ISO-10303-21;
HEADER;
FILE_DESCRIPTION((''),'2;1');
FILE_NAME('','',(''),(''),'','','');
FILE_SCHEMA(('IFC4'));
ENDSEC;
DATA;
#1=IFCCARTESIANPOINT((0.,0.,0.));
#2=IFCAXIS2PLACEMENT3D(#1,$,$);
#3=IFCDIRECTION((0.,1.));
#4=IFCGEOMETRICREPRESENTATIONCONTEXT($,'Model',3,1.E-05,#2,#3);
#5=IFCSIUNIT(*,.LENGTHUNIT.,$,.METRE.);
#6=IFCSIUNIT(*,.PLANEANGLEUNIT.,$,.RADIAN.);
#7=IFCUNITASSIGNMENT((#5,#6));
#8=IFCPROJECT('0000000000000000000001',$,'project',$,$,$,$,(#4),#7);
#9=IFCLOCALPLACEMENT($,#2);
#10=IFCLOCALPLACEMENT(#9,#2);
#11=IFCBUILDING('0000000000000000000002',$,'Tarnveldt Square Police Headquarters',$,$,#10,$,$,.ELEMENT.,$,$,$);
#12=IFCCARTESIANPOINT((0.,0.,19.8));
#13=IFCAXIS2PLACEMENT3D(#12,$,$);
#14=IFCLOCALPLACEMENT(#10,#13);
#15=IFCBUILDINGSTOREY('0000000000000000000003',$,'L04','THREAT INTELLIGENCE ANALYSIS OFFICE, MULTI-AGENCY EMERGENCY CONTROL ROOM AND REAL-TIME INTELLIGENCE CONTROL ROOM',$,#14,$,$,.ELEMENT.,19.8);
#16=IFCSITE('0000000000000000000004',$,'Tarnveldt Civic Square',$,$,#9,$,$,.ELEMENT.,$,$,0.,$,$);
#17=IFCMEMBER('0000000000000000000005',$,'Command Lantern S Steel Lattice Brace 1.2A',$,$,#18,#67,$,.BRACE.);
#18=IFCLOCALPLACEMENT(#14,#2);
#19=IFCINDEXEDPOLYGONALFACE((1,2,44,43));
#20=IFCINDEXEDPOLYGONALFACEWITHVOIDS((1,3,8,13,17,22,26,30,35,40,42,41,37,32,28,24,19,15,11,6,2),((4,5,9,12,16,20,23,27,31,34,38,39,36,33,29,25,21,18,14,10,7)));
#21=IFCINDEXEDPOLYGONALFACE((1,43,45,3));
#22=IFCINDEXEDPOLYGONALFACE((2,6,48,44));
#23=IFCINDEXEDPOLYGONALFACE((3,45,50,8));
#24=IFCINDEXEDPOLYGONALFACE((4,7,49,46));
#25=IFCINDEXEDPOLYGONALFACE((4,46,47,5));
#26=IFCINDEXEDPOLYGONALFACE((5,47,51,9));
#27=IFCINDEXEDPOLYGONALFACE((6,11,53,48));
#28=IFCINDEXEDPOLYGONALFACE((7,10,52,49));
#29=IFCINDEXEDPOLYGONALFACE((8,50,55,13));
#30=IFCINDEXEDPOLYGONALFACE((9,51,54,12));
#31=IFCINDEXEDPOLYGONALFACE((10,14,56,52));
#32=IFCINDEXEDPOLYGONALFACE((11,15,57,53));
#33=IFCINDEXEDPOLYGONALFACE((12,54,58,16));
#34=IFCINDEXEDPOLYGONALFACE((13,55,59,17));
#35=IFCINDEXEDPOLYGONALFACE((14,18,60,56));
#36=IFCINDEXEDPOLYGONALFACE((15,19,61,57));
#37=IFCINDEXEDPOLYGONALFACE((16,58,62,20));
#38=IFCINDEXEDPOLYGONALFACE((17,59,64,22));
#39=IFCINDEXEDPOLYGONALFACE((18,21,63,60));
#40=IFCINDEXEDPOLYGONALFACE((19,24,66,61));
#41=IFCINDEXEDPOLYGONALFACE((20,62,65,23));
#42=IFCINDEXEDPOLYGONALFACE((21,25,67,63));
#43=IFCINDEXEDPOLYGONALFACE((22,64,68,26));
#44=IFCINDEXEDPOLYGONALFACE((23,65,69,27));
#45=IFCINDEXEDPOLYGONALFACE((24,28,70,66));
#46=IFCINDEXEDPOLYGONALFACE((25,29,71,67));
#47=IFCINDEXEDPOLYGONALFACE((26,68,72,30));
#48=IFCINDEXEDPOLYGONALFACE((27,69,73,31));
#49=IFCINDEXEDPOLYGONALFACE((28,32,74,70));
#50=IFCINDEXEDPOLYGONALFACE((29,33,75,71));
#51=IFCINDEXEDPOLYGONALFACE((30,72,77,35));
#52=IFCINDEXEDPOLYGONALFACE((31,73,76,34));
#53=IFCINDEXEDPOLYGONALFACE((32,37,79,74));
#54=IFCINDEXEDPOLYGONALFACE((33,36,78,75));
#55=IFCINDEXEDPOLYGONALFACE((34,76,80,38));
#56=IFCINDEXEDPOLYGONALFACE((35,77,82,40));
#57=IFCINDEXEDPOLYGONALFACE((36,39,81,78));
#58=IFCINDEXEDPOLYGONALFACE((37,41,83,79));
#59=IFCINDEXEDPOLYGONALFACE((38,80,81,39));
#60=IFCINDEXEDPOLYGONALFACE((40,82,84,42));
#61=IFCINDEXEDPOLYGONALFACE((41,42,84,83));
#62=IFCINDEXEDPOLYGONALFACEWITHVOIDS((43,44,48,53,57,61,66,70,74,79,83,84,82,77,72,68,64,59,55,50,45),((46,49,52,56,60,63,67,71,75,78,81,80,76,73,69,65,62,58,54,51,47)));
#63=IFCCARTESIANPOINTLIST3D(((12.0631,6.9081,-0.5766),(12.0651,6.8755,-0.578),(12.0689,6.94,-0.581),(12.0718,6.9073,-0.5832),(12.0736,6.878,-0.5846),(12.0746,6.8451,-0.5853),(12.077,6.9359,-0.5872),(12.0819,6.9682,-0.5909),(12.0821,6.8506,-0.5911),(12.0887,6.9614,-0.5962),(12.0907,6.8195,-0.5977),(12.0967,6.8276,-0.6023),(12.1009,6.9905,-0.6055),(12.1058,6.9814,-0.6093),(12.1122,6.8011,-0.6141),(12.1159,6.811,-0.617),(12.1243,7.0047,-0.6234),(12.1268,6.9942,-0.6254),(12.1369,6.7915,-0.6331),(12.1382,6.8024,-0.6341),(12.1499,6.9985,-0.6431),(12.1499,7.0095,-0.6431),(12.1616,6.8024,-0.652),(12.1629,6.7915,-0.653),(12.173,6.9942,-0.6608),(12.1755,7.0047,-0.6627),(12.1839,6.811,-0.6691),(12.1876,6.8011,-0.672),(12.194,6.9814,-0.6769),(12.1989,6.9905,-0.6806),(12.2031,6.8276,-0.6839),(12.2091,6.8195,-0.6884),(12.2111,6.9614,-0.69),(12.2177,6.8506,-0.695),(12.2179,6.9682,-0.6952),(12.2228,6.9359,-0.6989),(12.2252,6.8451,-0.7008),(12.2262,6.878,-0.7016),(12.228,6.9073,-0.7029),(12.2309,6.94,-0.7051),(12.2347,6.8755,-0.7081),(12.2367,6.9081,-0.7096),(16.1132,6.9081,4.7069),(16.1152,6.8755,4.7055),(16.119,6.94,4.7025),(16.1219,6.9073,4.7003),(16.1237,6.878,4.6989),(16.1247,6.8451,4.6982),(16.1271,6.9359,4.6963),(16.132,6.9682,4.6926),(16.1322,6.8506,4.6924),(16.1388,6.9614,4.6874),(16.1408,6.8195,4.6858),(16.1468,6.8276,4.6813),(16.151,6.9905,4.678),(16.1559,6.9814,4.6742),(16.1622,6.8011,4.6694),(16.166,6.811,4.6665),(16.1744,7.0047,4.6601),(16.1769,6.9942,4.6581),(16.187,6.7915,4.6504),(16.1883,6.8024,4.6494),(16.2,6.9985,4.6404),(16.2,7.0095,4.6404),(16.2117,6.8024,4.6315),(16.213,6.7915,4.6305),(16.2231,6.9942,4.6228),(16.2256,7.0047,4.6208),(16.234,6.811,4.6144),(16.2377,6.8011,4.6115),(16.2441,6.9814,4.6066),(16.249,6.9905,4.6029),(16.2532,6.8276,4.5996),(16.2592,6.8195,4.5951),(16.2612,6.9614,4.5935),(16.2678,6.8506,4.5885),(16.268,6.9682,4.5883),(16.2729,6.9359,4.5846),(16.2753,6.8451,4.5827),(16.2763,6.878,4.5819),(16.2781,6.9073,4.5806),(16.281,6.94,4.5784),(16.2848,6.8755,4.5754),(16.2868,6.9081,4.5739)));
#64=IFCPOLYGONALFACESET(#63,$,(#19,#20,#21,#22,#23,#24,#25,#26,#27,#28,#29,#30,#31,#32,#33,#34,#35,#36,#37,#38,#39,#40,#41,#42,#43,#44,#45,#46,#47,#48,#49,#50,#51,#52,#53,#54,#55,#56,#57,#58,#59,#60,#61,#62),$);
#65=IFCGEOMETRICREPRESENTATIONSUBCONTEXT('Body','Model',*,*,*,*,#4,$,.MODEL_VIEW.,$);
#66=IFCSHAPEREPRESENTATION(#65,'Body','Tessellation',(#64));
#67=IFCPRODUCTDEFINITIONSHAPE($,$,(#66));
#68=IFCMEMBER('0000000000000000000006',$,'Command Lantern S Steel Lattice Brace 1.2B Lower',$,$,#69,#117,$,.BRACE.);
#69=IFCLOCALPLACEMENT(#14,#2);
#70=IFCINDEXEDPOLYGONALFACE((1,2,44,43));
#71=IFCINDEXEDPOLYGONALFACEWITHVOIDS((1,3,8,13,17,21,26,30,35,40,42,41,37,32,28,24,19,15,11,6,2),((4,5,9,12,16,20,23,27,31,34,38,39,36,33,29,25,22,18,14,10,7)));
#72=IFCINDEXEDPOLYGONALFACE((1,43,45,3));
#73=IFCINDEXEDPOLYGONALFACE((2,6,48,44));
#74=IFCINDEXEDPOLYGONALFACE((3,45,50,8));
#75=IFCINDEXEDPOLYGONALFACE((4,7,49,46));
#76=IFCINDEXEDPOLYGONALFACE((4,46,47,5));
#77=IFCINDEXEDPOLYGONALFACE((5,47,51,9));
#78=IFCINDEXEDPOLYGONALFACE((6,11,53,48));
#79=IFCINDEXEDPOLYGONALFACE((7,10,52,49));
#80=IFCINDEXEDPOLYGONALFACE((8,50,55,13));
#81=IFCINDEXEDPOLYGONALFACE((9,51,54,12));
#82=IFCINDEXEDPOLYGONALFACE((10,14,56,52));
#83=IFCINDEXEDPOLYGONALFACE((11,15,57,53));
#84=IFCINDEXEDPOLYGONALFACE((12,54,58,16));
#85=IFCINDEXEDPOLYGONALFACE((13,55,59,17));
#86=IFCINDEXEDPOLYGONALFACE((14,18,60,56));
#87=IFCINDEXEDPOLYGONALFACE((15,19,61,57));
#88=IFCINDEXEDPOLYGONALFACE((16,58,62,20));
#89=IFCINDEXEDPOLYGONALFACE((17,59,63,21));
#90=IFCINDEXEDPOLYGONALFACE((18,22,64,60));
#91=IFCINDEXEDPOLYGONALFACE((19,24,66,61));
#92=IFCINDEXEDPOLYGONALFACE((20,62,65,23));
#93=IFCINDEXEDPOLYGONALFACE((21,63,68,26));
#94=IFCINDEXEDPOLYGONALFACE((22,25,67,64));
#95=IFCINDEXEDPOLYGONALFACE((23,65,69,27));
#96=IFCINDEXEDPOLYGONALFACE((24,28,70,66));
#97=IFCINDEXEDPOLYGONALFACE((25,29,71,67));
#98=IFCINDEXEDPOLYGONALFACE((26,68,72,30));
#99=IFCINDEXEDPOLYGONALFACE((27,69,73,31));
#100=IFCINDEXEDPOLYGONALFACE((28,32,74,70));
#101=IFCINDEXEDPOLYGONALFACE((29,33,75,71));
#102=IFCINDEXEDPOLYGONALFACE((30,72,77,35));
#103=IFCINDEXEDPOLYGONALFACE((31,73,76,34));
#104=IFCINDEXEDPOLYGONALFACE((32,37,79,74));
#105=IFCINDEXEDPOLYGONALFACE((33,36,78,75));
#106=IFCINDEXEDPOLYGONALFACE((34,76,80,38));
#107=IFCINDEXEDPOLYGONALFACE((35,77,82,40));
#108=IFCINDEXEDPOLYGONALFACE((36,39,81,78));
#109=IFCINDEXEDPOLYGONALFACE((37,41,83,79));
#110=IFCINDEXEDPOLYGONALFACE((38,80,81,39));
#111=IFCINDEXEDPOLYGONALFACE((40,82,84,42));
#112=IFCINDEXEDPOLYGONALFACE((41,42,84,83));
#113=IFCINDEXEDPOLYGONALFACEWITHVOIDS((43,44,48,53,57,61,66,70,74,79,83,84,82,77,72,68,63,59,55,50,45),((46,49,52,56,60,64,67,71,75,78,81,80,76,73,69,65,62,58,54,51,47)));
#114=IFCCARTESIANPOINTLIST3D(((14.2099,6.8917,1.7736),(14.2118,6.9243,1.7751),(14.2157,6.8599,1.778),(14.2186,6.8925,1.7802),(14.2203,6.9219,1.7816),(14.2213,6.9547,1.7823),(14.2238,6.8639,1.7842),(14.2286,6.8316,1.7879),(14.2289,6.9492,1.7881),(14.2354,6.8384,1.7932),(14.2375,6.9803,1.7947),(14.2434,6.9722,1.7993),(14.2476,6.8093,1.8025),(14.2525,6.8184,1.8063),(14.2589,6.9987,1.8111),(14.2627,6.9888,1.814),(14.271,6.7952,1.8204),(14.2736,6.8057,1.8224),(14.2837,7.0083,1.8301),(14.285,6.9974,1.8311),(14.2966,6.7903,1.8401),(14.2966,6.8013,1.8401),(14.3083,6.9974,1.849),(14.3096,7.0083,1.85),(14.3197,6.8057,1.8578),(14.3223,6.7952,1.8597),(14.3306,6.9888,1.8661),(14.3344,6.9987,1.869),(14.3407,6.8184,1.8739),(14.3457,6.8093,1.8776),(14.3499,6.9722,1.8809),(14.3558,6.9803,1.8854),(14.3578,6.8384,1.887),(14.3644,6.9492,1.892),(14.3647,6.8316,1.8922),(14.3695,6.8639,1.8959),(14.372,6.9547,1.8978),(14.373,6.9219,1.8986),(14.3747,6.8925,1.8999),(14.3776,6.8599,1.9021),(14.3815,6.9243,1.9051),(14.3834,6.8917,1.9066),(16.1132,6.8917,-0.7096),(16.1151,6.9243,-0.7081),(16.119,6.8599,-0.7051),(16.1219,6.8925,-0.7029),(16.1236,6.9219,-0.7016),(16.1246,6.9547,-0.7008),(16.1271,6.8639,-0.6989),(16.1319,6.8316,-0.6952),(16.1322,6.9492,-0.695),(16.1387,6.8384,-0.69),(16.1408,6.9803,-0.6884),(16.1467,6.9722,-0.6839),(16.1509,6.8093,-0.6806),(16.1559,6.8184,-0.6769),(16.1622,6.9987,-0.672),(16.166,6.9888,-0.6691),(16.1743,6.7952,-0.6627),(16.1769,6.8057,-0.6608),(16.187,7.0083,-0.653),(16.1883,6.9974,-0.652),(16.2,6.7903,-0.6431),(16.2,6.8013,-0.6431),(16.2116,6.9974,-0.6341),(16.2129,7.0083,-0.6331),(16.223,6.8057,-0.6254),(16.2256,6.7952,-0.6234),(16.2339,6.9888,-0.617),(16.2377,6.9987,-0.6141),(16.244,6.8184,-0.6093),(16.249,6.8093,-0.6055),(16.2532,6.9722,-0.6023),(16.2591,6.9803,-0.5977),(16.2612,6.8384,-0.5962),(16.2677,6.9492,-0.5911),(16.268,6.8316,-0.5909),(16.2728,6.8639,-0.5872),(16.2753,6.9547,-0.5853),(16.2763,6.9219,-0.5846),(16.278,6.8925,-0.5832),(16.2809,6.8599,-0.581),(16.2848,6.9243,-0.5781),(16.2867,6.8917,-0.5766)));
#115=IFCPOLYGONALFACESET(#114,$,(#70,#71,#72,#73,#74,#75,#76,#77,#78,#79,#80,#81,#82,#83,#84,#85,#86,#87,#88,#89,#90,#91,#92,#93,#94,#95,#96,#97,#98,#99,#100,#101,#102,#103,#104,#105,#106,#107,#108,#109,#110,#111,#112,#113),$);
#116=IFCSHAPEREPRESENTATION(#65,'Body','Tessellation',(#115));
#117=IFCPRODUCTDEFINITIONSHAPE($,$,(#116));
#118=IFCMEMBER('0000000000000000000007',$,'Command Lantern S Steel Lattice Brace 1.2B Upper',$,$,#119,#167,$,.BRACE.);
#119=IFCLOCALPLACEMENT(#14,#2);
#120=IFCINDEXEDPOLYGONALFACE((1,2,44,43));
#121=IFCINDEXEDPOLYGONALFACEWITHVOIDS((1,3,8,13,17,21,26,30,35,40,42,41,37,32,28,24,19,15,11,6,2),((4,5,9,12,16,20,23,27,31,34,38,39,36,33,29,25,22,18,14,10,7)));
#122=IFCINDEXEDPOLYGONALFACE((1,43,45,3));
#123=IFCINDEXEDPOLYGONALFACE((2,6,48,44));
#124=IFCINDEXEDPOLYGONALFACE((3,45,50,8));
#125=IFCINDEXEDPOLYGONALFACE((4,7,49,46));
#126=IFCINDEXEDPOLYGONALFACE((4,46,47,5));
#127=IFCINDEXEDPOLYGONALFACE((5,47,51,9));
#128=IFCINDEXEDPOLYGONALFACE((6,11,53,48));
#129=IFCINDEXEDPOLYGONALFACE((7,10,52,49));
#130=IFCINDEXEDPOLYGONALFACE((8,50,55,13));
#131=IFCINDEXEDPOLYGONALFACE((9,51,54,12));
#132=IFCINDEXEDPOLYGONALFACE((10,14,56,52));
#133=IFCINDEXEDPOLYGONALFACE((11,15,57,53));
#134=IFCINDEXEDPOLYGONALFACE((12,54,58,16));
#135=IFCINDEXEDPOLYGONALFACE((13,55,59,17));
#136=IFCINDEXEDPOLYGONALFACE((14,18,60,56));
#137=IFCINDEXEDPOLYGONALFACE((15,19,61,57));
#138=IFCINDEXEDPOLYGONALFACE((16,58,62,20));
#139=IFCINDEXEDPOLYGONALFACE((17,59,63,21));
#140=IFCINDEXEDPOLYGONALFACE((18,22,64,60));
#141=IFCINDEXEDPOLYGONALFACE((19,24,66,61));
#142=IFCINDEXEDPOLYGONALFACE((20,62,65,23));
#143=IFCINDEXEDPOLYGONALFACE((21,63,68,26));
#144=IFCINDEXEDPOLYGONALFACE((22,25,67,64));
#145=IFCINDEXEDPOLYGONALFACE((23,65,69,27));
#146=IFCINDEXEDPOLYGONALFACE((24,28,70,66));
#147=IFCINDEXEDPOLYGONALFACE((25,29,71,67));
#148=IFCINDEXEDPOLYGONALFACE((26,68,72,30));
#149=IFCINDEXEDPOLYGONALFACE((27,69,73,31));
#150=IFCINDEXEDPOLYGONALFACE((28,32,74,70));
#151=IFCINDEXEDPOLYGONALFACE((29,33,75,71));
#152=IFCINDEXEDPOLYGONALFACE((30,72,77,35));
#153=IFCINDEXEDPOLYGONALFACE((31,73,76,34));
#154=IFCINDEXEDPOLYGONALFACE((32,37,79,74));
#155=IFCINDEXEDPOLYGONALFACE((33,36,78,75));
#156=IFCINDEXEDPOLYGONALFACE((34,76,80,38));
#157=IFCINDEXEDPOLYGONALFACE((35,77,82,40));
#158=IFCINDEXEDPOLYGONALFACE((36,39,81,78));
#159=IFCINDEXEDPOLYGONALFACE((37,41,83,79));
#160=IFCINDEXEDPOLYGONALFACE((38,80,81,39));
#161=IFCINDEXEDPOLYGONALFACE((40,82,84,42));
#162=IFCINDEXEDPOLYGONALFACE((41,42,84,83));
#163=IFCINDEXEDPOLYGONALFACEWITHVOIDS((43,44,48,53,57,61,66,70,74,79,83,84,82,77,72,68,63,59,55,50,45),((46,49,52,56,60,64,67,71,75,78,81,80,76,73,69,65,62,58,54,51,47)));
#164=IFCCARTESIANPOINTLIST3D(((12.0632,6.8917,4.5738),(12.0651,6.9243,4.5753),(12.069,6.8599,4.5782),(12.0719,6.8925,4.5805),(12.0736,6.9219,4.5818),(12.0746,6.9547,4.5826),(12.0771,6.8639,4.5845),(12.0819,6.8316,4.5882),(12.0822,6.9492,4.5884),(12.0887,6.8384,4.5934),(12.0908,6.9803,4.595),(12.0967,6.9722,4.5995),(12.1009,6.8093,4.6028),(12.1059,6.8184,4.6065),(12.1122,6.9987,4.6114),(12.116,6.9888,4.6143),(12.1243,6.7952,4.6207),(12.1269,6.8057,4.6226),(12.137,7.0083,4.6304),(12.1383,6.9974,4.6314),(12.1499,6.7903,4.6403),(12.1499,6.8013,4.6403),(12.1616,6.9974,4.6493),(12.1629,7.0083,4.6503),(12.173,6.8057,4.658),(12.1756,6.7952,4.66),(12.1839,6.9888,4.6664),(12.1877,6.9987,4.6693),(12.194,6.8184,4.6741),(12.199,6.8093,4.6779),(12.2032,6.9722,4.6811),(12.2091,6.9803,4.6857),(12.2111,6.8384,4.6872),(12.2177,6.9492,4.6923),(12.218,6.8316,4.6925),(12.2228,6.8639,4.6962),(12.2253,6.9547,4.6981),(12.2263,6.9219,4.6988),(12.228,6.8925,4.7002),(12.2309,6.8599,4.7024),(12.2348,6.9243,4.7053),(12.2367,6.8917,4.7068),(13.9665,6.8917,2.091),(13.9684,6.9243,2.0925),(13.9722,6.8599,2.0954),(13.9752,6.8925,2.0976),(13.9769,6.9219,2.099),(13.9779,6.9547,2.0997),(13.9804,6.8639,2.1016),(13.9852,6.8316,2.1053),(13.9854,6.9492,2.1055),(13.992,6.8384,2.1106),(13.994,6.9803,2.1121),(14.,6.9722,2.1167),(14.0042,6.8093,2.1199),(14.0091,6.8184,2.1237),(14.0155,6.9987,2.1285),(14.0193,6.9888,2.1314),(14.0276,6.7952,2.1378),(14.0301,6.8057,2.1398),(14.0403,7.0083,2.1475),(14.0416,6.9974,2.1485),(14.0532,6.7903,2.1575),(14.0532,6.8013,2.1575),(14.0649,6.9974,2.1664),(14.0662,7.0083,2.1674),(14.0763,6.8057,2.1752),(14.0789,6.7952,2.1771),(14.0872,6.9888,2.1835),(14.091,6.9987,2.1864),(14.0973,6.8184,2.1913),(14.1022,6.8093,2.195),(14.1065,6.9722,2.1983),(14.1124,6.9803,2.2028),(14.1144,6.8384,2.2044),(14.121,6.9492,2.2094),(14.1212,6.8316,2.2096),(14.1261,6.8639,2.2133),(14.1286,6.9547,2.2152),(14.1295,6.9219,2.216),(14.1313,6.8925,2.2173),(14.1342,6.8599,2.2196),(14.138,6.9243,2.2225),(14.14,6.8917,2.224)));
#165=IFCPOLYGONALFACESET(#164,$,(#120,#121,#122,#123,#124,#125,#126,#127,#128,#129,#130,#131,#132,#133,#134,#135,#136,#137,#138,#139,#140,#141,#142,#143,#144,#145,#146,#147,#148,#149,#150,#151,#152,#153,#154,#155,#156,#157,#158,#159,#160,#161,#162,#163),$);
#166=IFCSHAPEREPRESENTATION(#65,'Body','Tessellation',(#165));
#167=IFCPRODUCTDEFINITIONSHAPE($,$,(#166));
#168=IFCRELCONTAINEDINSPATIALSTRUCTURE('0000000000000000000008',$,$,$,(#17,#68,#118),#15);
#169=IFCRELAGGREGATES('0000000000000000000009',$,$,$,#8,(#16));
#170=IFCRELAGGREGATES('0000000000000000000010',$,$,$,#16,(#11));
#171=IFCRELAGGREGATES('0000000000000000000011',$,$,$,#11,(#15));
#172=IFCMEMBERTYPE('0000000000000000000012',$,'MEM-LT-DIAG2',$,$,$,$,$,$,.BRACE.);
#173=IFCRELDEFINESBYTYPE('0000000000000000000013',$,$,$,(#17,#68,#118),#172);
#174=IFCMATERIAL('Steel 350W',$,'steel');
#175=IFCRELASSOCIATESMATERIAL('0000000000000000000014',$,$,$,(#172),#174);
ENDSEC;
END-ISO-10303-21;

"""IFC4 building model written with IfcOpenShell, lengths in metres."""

from ifc_helpers import new_model, si_unit, direction, frame, origin, origin_2d, place, context, subcontext, project, spatial, hollow_circle, extrude, material, material_profile, profile_set, type_object, element, save


model = new_model("IFC4")

# Units and contexts
model_context = context("Model", 3, precision=1e-05, world=origin(), true_north=direction((0.0, 1.0)))
body_context = subcontext(model_context, "Body", "Model", "MODEL_VIEW")
ifc_project = project(units=[si_unit("LENGTHUNIT", "METRE"), si_unit("PLANEANGLEUNIT", "RADIAN")], contexts=[model_context])

# Site, building, storey
site_placement = place(None, origin())
site = spatial("IfcSite", under=ifc_project, at=site_placement, Name="Tarnveldt Civic Square", CompositionType="ELEMENT", RefElevation=0.0)
building_placement = place(site_placement, origin())
building = spatial("IfcBuilding", under=site, at=building_placement, Name="Tarnveldt Square Police Headquarters", CompositionType="ELEMENT")
storey_placement = place(building_placement, frame((0.0, 0.0, 19.8)))
storey = spatial("IfcBuildingStorey", under=building, at=storey_placement, Name="L04", Description="THREAT INTELLIGENCE ANALYSIS OFFICE, MULTI-AGENCY EMERGENCY CONTROL ROOM AND REAL-TIME INTELLIGENCE CONTROL ROOM", CompositionType="ELEMENT", Elevation=19.8)

# Members
ifc_material_1 = material(Name="Steel 350W", Category="steel")
ifc_material_profile_1 = material_profile(ifc_material_1, hollow_circle(Radius=0.1096, WallThickness=0.011, at=origin_2d()), Name="HSS219x11")
ifc_profile_set_1 = profile_set([ifc_material_profile_1], Name="Steel 350W")
member_type_1 = type_object("IfcMemberType", Name="MEM-LT-DIAG2", PredefinedType="BRACE", material=ifc_profile_set_1)
member_1_placement = place(storey_placement, frame((12.1499, 6.8999, -0.6431), z_axis=(0.608375, 0.0, 0.793649), x_axis=(0.0, 1.0, 0.0)))
element("IfcMember", 1, at=member_1_placement, inside=storey, type_object=member_type_1, Name="Command Lantern S Steel Lattice Brace 1.2A", PredefinedType="BRACE", context=body_context, shape_type="SweptSolid", body=[
    extrude(hollow_circle(Radius=0.1096, WallThickness=0.011, at=origin_2d()), origin(), (0.0, 0.0, 1.0), 6.6572),
])
member_2_placement = place(storey_placement, frame((16.2, 6.8999, -0.6431), z_axis=(-0.608345, 0.0, 0.793673), x_axis=(0.0, -1.0, 0.0)))
element("IfcMember", 2, at=member_2_placement, inside=storey, type_object=member_type_1, Name="Command Lantern S Steel Lattice Brace 1.2B Lower", PredefinedType="BRACE", context=body_context, shape_type="SweptSolid", body=[
    extrude(hollow_circle(Radius=0.1096, WallThickness=0.011, at=origin_2d()), origin(), (0.0, 0.0, 1.0), 3.1287),
])
member_3_placement = place(storey_placement, frame((14.0532, 6.8999, 2.1575), z_axis=(-0.608382, 0.0, 0.793644), x_axis=(0.0, -1.0, 0.0)))
element("IfcMember", 3, at=member_3_placement, inside=storey, type_object=member_type_1, Name="Command Lantern S Steel Lattice Brace 1.2B Upper", PredefinedType="BRACE", context=body_context, shape_type="SweptSolid", body=[
    extrude(hollow_circle(Radius=0.1096, WallThickness=0.011, at=origin_2d()), origin(), (0.0, 0.0, 1.0), 3.1284),
])

save(model, "model.ifc")
